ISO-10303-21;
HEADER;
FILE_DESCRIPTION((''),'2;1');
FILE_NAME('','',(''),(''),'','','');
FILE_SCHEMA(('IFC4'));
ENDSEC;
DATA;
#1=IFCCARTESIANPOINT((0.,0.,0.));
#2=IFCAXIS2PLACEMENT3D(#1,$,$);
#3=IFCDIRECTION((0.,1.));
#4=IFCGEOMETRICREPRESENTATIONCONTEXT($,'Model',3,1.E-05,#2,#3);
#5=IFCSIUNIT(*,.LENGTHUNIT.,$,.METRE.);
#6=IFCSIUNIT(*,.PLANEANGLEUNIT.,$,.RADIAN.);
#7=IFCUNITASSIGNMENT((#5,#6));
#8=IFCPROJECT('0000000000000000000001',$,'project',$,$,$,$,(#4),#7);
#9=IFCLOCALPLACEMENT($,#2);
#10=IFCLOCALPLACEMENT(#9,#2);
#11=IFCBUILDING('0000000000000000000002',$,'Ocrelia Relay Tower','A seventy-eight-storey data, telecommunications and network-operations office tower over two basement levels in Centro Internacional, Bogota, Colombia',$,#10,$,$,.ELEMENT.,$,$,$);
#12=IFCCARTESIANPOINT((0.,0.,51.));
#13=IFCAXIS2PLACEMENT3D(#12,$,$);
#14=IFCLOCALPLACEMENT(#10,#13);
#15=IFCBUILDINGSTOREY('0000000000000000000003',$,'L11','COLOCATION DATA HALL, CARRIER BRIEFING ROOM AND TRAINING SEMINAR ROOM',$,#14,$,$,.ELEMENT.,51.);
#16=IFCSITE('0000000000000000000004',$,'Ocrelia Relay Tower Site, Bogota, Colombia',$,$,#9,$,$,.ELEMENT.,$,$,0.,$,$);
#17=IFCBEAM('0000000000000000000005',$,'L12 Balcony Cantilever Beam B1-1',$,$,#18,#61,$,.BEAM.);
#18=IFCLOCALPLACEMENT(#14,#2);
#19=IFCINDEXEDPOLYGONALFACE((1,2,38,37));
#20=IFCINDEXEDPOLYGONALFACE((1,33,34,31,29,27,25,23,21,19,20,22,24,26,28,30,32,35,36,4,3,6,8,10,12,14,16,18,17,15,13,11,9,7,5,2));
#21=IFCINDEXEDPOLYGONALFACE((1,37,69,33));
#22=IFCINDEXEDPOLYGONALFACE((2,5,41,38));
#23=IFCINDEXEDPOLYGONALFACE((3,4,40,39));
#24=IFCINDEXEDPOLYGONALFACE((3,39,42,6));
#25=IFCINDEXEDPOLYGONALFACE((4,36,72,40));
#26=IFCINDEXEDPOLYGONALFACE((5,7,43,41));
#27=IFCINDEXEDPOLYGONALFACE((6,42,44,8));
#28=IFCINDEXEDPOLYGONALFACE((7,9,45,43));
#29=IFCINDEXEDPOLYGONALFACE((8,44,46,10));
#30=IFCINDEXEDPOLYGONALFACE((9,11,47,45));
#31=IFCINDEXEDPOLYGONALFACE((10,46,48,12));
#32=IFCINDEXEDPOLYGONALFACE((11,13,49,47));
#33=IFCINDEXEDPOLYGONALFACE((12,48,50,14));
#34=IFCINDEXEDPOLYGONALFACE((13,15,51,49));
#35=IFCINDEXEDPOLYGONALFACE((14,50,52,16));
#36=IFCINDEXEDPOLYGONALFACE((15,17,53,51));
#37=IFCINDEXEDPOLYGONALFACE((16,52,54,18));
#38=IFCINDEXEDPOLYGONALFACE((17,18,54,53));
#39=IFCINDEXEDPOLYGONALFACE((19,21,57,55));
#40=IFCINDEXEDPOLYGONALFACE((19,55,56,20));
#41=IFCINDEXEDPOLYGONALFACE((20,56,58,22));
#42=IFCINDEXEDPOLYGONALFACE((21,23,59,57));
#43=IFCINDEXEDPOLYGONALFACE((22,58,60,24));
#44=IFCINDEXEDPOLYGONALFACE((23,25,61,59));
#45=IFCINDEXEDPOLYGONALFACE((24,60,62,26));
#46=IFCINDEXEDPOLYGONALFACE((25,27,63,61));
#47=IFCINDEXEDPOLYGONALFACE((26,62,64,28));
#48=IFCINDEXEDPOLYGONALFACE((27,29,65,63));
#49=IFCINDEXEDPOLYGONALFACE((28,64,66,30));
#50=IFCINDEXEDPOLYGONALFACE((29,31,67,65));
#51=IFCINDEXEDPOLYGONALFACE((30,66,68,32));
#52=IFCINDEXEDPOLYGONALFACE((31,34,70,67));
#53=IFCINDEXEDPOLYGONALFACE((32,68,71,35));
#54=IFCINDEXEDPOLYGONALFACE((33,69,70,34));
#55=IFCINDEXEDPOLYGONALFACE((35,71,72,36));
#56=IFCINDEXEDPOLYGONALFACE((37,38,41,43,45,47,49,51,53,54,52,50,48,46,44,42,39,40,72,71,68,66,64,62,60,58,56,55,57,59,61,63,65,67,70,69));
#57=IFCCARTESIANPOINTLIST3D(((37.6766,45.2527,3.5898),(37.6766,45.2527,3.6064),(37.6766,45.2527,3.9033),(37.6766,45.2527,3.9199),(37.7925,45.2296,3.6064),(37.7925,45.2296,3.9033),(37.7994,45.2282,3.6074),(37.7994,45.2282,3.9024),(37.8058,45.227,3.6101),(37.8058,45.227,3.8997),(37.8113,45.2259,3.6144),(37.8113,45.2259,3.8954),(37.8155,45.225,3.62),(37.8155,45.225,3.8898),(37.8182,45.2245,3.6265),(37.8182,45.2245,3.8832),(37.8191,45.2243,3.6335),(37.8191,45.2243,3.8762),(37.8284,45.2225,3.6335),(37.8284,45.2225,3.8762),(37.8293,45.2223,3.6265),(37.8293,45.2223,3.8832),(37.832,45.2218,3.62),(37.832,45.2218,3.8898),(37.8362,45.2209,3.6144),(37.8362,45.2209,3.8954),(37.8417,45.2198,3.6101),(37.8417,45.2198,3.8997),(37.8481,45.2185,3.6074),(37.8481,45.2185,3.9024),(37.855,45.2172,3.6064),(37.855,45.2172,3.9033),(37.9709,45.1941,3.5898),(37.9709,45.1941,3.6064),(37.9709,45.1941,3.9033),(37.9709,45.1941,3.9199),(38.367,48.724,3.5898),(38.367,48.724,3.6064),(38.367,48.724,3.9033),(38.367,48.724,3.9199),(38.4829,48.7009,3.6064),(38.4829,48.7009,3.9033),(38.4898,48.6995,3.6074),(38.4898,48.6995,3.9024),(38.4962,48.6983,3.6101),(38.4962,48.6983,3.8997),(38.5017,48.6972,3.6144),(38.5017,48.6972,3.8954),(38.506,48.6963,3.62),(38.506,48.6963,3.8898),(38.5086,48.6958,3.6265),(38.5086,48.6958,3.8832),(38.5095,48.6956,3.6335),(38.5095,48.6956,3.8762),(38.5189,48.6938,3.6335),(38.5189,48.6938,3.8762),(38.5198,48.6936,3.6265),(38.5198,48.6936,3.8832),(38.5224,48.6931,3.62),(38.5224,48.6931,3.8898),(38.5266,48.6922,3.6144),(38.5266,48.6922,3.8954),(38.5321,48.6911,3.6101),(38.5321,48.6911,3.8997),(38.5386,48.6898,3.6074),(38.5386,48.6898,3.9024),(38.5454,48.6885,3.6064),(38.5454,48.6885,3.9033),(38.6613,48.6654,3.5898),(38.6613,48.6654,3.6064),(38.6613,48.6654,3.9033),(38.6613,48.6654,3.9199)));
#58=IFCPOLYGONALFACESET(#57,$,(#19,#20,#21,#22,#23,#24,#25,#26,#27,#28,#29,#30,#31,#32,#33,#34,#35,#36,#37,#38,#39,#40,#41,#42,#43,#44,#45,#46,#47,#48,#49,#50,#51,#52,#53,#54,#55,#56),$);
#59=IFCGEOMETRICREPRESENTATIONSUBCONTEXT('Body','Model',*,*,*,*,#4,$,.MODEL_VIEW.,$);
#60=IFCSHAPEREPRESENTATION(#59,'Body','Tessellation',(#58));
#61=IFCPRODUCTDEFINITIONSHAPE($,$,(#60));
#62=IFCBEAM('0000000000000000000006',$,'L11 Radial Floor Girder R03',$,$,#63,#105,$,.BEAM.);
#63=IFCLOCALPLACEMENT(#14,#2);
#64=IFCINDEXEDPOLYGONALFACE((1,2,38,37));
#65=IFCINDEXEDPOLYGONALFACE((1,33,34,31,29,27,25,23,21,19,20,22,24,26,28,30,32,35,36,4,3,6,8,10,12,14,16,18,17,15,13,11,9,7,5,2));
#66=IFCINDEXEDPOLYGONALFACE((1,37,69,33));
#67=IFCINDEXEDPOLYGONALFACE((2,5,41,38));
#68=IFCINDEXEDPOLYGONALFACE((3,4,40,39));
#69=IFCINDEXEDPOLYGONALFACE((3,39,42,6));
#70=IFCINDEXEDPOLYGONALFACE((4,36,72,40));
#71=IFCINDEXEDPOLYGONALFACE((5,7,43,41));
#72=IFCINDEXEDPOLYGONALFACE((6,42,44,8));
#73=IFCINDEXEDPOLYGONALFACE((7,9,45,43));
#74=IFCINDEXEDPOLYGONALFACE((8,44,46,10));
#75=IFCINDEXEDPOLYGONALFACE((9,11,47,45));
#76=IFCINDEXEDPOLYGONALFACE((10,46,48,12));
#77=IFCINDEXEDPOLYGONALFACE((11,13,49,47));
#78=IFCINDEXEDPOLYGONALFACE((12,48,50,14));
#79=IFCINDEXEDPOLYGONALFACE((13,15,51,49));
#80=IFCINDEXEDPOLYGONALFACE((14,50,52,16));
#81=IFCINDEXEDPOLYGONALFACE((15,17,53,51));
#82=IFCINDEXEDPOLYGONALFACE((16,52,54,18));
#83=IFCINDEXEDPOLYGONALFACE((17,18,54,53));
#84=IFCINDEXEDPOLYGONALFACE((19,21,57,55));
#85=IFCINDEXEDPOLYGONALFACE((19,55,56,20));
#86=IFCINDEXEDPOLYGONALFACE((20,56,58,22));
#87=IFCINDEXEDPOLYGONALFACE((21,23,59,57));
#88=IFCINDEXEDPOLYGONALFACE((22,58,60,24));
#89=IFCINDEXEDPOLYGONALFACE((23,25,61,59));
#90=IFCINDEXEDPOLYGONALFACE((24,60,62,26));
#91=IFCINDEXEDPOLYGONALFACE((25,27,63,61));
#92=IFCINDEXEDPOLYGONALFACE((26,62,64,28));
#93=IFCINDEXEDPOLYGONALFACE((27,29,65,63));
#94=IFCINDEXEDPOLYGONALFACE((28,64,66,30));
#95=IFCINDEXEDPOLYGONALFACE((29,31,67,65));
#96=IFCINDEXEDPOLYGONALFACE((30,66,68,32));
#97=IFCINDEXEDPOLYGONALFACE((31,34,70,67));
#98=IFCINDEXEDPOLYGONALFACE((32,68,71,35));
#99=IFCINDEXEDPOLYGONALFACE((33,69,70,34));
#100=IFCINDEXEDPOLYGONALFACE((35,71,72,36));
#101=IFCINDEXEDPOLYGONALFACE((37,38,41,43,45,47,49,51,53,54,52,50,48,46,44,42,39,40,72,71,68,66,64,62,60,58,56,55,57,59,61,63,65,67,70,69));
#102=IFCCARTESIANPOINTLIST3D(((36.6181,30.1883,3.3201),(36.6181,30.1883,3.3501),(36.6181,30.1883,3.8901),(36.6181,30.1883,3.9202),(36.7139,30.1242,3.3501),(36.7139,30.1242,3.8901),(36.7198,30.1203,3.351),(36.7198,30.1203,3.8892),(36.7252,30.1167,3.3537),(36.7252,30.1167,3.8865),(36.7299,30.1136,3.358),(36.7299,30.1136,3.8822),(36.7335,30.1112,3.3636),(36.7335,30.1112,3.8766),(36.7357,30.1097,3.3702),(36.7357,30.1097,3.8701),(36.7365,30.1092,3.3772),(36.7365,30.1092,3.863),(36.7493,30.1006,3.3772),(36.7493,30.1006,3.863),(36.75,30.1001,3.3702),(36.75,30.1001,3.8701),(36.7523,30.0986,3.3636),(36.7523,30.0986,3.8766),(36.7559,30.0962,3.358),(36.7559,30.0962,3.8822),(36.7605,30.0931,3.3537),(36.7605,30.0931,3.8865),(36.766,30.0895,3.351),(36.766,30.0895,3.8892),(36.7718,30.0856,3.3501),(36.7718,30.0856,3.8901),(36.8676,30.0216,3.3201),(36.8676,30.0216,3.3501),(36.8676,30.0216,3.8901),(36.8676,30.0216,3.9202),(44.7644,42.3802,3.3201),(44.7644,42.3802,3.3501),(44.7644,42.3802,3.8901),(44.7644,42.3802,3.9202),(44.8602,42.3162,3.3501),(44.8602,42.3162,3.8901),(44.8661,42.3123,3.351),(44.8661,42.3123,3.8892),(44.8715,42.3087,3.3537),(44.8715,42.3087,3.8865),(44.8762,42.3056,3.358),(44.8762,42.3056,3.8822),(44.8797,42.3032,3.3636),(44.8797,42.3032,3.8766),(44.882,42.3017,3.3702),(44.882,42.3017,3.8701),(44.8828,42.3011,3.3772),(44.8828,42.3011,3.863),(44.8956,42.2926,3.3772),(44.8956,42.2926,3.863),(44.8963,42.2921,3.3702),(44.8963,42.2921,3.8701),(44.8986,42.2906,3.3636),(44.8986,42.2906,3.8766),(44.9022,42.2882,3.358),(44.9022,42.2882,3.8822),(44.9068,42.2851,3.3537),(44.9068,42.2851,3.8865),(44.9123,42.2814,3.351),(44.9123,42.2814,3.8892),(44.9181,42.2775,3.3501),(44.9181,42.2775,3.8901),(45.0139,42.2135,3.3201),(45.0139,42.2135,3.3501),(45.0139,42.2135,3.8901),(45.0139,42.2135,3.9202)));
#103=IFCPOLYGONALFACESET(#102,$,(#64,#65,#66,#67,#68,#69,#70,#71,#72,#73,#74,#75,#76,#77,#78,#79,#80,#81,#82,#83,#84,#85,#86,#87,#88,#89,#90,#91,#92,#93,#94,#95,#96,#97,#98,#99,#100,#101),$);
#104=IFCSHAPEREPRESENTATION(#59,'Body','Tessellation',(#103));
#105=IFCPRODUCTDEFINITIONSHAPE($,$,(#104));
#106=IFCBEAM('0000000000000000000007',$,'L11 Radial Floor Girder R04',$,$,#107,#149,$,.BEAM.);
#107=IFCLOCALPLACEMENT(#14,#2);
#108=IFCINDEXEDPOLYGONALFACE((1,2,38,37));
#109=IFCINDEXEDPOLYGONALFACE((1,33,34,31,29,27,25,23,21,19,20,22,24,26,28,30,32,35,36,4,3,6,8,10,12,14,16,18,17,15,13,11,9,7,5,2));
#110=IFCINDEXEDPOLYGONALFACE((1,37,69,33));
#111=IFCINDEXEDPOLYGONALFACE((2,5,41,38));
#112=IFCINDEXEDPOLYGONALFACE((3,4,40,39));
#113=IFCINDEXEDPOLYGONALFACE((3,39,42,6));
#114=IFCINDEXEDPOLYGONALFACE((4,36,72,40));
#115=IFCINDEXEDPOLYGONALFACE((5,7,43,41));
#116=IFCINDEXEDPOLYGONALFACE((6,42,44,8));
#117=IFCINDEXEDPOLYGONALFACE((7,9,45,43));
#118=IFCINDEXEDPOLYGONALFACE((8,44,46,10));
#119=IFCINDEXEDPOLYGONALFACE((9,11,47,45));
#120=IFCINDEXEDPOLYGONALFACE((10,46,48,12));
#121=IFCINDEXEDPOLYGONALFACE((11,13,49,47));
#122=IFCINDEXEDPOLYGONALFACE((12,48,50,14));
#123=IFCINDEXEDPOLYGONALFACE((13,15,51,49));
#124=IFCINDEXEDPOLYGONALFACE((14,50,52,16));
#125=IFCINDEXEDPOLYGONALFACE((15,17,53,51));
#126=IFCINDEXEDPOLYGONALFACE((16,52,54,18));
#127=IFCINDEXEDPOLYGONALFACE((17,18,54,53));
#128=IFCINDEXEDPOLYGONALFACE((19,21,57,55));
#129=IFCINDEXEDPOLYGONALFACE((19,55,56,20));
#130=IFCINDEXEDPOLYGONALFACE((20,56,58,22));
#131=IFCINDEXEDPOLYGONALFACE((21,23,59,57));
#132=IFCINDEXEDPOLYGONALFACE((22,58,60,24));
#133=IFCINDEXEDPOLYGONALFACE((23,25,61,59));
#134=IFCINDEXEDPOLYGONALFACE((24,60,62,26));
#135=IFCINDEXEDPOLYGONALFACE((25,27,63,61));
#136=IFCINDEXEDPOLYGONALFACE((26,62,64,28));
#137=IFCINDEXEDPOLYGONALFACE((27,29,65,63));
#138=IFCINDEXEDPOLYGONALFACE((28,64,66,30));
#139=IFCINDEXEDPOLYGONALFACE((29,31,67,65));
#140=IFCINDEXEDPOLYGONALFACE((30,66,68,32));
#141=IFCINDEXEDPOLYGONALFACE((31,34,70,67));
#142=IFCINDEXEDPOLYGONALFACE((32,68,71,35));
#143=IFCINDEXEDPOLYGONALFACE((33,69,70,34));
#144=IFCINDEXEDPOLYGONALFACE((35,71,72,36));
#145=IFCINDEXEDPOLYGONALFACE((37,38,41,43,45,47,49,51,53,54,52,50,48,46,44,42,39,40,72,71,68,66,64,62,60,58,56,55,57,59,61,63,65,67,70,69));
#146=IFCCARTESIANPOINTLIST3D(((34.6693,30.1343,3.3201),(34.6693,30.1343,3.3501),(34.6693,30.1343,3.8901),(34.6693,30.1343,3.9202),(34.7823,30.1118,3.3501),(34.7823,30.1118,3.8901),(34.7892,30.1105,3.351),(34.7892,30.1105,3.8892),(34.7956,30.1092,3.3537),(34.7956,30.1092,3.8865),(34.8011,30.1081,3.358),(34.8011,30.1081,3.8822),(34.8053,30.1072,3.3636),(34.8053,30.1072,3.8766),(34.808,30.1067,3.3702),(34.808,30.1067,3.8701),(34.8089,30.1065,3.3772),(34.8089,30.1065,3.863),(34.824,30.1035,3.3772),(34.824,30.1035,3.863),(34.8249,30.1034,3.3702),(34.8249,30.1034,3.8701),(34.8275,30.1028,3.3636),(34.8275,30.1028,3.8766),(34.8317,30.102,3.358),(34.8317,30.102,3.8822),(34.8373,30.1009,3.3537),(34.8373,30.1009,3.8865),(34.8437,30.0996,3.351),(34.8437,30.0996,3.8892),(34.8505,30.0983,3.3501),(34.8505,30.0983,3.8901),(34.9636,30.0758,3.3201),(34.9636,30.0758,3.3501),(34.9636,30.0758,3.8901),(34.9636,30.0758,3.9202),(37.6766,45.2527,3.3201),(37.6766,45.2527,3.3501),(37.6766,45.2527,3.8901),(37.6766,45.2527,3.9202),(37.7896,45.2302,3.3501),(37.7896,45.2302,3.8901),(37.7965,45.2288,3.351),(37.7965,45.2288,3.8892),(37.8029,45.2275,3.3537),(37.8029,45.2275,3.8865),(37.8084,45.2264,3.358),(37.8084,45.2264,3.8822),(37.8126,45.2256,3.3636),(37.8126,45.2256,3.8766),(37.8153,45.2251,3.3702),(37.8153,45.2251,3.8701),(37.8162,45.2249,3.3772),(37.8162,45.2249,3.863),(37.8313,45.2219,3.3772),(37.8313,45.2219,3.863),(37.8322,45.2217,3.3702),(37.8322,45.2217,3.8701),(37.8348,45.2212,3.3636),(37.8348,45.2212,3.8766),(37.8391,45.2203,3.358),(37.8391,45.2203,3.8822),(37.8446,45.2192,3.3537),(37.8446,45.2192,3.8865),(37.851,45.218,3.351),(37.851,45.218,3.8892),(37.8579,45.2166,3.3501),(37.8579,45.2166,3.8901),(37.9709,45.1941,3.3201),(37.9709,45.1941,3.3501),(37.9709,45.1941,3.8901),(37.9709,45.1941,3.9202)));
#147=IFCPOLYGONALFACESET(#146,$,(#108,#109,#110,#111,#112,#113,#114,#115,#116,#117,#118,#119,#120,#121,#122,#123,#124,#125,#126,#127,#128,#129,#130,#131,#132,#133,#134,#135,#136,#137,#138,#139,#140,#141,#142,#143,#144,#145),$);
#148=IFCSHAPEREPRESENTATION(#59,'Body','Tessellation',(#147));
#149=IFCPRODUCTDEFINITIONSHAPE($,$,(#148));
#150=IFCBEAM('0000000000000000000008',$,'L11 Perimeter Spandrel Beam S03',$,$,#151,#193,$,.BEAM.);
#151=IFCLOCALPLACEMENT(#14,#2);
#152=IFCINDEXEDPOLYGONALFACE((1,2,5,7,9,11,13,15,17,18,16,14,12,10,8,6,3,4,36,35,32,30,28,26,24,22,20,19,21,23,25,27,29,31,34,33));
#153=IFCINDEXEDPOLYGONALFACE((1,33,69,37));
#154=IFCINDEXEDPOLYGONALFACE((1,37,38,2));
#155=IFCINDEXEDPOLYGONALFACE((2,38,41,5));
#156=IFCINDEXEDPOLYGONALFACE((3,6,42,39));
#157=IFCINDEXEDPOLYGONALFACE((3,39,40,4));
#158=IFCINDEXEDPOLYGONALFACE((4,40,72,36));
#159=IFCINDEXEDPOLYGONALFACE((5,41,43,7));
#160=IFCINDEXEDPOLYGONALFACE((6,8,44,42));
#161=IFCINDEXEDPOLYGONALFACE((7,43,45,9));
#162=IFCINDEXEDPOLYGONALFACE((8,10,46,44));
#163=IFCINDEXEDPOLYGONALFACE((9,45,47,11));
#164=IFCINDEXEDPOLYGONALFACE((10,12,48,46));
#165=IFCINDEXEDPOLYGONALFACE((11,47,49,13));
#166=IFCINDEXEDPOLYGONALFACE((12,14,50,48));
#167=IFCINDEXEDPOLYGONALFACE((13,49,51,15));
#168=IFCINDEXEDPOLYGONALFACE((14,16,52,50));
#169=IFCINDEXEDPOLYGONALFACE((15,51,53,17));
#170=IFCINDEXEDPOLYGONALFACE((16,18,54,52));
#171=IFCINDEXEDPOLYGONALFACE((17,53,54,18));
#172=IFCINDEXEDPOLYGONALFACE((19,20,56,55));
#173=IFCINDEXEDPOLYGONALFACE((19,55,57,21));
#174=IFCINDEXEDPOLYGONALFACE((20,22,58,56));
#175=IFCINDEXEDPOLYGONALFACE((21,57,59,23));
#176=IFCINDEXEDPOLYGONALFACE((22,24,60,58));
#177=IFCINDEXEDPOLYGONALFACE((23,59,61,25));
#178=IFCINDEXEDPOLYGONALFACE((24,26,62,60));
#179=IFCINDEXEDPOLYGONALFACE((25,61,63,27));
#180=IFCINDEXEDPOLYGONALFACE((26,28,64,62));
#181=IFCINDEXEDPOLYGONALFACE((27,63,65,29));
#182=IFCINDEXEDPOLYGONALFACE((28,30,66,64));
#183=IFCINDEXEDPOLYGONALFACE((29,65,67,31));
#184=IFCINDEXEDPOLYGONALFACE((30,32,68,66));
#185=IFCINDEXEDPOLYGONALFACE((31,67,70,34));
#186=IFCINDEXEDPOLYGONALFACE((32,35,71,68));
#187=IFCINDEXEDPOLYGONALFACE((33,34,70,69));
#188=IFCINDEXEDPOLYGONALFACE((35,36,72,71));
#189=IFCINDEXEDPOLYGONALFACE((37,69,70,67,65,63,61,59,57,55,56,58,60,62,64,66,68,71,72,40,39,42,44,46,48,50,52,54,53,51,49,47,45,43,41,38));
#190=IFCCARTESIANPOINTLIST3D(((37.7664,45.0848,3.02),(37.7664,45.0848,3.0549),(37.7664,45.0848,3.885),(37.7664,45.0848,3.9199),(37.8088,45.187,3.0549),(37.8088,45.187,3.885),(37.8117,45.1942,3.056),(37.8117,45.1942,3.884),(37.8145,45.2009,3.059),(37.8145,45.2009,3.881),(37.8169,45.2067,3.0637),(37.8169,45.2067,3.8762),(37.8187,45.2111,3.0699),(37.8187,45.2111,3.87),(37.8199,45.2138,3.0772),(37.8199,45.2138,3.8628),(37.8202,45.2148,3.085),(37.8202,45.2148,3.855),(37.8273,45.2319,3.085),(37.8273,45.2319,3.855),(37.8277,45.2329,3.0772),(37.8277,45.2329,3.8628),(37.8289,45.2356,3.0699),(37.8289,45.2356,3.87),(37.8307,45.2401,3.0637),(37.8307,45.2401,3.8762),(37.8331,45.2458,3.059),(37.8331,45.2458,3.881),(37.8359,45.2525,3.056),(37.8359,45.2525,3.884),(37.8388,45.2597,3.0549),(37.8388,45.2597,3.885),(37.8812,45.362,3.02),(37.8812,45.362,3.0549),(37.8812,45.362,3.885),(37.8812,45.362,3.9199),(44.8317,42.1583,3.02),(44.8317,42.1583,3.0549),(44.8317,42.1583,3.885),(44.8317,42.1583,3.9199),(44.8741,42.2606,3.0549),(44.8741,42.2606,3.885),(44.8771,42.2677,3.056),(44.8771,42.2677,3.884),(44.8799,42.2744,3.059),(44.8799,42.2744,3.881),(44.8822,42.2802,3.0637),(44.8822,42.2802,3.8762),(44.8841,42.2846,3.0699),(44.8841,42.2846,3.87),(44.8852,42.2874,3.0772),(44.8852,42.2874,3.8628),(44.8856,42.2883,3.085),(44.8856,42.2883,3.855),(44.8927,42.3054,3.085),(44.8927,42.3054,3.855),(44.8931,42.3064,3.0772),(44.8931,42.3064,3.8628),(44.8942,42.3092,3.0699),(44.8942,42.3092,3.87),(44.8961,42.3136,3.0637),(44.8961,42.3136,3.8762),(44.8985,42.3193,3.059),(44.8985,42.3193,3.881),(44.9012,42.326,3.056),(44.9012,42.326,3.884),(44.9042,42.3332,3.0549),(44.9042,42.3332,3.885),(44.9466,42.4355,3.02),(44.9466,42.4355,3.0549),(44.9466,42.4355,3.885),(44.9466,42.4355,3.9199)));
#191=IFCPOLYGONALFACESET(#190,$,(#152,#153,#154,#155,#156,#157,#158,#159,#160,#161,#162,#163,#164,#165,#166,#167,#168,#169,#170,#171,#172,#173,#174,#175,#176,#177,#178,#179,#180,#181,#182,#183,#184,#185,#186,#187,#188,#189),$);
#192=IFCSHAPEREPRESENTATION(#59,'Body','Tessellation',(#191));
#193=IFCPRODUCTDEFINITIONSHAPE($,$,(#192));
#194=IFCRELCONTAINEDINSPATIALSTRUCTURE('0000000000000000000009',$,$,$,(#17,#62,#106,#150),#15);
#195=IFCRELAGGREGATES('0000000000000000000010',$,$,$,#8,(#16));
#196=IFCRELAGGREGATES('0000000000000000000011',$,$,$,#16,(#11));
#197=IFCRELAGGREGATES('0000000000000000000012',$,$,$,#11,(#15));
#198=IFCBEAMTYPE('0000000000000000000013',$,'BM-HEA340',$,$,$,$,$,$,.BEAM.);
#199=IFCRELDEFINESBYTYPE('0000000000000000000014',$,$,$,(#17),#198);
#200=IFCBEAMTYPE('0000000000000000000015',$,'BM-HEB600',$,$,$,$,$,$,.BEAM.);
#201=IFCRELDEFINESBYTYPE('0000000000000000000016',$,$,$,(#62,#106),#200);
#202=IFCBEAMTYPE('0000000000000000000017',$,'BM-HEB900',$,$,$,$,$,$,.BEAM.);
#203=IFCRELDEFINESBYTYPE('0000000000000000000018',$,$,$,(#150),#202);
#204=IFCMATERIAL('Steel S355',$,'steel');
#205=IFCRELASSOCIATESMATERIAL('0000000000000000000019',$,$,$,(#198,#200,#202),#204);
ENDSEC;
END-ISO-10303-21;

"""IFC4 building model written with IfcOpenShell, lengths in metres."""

from ifc_helpers import new_model, si_unit, direction, frame, origin, origin_2d, place, context, subcontext, project, spatial, i_section, extrude, material, material_profile, profile_set, type_object, element, save


model = new_model("IFC4")

# Units and contexts
model_context = context("Model", 3, precision=1e-05, world=origin(), true_north=direction((0.0, 1.0)))
body_context = subcontext(model_context, "Body", "Model", "MODEL_VIEW")
ifc_project = project(units=[si_unit("LENGTHUNIT", "METRE"), si_unit("PLANEANGLEUNIT", "RADIAN")], contexts=[model_context])

# Site, building, storey
site_placement = place(None, origin())
site = spatial("IfcSite", under=ifc_project, at=site_placement, Name="Ocrelia Relay Tower Site, Bogota, Colombia", CompositionType="ELEMENT", RefElevation=0.0)
building_placement = place(site_placement, origin())
building = spatial("IfcBuilding", under=site, at=building_placement, Name="Ocrelia Relay Tower", Description="A seventy-eight-storey data, telecommunications and network-operations office tower over two basement levels in Centro Internacional, Bogota, Colombia", CompositionType="ELEMENT")
storey_placement = place(building_placement, frame((0.0, 0.0, 51.0)))
storey = spatial("IfcBuildingStorey", under=building, at=storey_placement, Name="L11", Description="COLOCATION DATA HALL, CARRIER BRIEFING ROOM AND TRAINING SEMINAR ROOM", CompositionType="ELEMENT", Elevation=51.0)

# Beams
ifc_material_1 = material(Name="Steel S355", Category="steel")
ifc_material_profile_1 = material_profile(ifc_material_1, i_section(OverallWidth=0.3, OverallDepth=0.3301, WebThickness=0.0095, FlangeThickness=0.0166, FilletRadius=0.0271, at=origin_2d()), Name="HEA 340")
ifc_profile_set_1 = profile_set([ifc_material_profile_1], Name="Steel S355")
beam_type_1 = type_object("IfcBeamType", Name="BM-HEA340", PredefinedType="BEAM", material=ifc_profile_set_1)
beam_1_placement = place(storey_placement, frame((37.8237, 45.2234, 3.7549), z_axis=(0.195081, 0.980787, 0.0), x_axis=(-0.980787, 0.195081, 0.0)))
element("IfcBeam", 1, at=beam_1_placement, inside=storey, type_object=beam_type_1, Name="L12 Balcony Cantilever Beam B1-1", PredefinedType="BEAM", context=body_context, shape_type="SweptSolid", body=[
    extrude(i_section(OverallWidth=0.3, OverallDepth=0.3301, WebThickness=0.0095, FlangeThickness=0.0166, FilletRadius=0.0271, at=origin_2d()), origin(), (0.0, 0.0, 1.0), 3.5393),
])
ifc_material_profile_2 = material_profile(ifc_material_1, i_section(OverallWidth=0.3, OverallDepth=0.6001, WebThickness=0.0154, FlangeThickness=0.03, FilletRadius=0.0271, at=origin_2d()), Name="HEB 600")
ifc_profile_set_2 = profile_set([ifc_material_profile_2], Name="Steel S355")
beam_type_2 = type_object("IfcBeamType", Name="BM-HEB600", PredefinedType="BEAM", material=ifc_profile_set_2)
beam_2_placement = place(storey_placement, frame((44.8892, 42.2969, 3.6201), z_axis=(-0.555564, -0.831473, 0.0), x_axis=(0.831473, -0.555564, 0.0)))
element("IfcBeam", 2, at=beam_2_placement, inside=storey, type_object=beam_type_2, Name="L11 Radial Floor Girder R03", PredefinedType="BEAM", context=body_context, shape_type="SweptSolid", body=[
    extrude(i_section(OverallWidth=0.3, OverallDepth=0.6001, WebThickness=0.0154, FlangeThickness=0.03, FilletRadius=0.0271, at=origin_2d()), origin(), (0.0, 0.0, 1.0), 14.6631),
])
beam_3_placement = place(storey_placement, frame((37.8237, 45.2234, 3.6201), z_axis=(-0.195096, -0.980784, 0.0), x_axis=(0.980784, -0.195096, 0.0)))
element("IfcBeam", 3, at=beam_3_placement, inside=storey, type_object=beam_type_2, Name="L11 Radial Floor Girder R04", PredefinedType="BEAM", context=body_context, shape_type="SweptSolid", body=[
    extrude(i_section(OverallWidth=0.3, OverallDepth=0.6001, WebThickness=0.0154, FlangeThickness=0.03, FilletRadius=0.0271, at=origin_2d()), origin(), (0.0, 0.0, 1.0), 15.4146),
])
ifc_material_profile_3 = material_profile(ifc_material_1, i_section(OverallWidth=0.3, OverallDepth=0.8999, WebThickness=0.0186, FlangeThickness=0.0349, FilletRadius=0.03, at=origin_2d()), Name="HEB 900")
ifc_profile_set_3 = profile_set([ifc_material_profile_3], Name="Steel S355")
beam_type_3 = type_object("IfcBeamType", Name="BM-HEB900", PredefinedType="BEAM", material=ifc_profile_set_3)
for number, where, z_axis, x_axis, name in (
    (4, (44.8892, 42.2969, 3.47), (-0.923883, 0.382674, 0.0), (-0.382674, -0.923883, 0.0), "L11 Perimeter Spandrel Beam S03"),
):
    element("IfcBeam", number, at=place(storey_placement, frame(where, z_axis=z_axis, x_axis=x_axis)), inside=storey, type_object=beam_type_3, Name=name, PredefinedType="BEAM", context=body_context, shape_type="SweptSolid", body=[
        extrude(i_section(OverallWidth=0.3, OverallDepth=0.8999, WebThickness=0.0186, FlangeThickness=0.0349, FilletRadius=0.03, at=origin_2d()), origin(), (0.0, 0.0, 1.0), 7.6475),
    ])

save(model, "model.ifc")
